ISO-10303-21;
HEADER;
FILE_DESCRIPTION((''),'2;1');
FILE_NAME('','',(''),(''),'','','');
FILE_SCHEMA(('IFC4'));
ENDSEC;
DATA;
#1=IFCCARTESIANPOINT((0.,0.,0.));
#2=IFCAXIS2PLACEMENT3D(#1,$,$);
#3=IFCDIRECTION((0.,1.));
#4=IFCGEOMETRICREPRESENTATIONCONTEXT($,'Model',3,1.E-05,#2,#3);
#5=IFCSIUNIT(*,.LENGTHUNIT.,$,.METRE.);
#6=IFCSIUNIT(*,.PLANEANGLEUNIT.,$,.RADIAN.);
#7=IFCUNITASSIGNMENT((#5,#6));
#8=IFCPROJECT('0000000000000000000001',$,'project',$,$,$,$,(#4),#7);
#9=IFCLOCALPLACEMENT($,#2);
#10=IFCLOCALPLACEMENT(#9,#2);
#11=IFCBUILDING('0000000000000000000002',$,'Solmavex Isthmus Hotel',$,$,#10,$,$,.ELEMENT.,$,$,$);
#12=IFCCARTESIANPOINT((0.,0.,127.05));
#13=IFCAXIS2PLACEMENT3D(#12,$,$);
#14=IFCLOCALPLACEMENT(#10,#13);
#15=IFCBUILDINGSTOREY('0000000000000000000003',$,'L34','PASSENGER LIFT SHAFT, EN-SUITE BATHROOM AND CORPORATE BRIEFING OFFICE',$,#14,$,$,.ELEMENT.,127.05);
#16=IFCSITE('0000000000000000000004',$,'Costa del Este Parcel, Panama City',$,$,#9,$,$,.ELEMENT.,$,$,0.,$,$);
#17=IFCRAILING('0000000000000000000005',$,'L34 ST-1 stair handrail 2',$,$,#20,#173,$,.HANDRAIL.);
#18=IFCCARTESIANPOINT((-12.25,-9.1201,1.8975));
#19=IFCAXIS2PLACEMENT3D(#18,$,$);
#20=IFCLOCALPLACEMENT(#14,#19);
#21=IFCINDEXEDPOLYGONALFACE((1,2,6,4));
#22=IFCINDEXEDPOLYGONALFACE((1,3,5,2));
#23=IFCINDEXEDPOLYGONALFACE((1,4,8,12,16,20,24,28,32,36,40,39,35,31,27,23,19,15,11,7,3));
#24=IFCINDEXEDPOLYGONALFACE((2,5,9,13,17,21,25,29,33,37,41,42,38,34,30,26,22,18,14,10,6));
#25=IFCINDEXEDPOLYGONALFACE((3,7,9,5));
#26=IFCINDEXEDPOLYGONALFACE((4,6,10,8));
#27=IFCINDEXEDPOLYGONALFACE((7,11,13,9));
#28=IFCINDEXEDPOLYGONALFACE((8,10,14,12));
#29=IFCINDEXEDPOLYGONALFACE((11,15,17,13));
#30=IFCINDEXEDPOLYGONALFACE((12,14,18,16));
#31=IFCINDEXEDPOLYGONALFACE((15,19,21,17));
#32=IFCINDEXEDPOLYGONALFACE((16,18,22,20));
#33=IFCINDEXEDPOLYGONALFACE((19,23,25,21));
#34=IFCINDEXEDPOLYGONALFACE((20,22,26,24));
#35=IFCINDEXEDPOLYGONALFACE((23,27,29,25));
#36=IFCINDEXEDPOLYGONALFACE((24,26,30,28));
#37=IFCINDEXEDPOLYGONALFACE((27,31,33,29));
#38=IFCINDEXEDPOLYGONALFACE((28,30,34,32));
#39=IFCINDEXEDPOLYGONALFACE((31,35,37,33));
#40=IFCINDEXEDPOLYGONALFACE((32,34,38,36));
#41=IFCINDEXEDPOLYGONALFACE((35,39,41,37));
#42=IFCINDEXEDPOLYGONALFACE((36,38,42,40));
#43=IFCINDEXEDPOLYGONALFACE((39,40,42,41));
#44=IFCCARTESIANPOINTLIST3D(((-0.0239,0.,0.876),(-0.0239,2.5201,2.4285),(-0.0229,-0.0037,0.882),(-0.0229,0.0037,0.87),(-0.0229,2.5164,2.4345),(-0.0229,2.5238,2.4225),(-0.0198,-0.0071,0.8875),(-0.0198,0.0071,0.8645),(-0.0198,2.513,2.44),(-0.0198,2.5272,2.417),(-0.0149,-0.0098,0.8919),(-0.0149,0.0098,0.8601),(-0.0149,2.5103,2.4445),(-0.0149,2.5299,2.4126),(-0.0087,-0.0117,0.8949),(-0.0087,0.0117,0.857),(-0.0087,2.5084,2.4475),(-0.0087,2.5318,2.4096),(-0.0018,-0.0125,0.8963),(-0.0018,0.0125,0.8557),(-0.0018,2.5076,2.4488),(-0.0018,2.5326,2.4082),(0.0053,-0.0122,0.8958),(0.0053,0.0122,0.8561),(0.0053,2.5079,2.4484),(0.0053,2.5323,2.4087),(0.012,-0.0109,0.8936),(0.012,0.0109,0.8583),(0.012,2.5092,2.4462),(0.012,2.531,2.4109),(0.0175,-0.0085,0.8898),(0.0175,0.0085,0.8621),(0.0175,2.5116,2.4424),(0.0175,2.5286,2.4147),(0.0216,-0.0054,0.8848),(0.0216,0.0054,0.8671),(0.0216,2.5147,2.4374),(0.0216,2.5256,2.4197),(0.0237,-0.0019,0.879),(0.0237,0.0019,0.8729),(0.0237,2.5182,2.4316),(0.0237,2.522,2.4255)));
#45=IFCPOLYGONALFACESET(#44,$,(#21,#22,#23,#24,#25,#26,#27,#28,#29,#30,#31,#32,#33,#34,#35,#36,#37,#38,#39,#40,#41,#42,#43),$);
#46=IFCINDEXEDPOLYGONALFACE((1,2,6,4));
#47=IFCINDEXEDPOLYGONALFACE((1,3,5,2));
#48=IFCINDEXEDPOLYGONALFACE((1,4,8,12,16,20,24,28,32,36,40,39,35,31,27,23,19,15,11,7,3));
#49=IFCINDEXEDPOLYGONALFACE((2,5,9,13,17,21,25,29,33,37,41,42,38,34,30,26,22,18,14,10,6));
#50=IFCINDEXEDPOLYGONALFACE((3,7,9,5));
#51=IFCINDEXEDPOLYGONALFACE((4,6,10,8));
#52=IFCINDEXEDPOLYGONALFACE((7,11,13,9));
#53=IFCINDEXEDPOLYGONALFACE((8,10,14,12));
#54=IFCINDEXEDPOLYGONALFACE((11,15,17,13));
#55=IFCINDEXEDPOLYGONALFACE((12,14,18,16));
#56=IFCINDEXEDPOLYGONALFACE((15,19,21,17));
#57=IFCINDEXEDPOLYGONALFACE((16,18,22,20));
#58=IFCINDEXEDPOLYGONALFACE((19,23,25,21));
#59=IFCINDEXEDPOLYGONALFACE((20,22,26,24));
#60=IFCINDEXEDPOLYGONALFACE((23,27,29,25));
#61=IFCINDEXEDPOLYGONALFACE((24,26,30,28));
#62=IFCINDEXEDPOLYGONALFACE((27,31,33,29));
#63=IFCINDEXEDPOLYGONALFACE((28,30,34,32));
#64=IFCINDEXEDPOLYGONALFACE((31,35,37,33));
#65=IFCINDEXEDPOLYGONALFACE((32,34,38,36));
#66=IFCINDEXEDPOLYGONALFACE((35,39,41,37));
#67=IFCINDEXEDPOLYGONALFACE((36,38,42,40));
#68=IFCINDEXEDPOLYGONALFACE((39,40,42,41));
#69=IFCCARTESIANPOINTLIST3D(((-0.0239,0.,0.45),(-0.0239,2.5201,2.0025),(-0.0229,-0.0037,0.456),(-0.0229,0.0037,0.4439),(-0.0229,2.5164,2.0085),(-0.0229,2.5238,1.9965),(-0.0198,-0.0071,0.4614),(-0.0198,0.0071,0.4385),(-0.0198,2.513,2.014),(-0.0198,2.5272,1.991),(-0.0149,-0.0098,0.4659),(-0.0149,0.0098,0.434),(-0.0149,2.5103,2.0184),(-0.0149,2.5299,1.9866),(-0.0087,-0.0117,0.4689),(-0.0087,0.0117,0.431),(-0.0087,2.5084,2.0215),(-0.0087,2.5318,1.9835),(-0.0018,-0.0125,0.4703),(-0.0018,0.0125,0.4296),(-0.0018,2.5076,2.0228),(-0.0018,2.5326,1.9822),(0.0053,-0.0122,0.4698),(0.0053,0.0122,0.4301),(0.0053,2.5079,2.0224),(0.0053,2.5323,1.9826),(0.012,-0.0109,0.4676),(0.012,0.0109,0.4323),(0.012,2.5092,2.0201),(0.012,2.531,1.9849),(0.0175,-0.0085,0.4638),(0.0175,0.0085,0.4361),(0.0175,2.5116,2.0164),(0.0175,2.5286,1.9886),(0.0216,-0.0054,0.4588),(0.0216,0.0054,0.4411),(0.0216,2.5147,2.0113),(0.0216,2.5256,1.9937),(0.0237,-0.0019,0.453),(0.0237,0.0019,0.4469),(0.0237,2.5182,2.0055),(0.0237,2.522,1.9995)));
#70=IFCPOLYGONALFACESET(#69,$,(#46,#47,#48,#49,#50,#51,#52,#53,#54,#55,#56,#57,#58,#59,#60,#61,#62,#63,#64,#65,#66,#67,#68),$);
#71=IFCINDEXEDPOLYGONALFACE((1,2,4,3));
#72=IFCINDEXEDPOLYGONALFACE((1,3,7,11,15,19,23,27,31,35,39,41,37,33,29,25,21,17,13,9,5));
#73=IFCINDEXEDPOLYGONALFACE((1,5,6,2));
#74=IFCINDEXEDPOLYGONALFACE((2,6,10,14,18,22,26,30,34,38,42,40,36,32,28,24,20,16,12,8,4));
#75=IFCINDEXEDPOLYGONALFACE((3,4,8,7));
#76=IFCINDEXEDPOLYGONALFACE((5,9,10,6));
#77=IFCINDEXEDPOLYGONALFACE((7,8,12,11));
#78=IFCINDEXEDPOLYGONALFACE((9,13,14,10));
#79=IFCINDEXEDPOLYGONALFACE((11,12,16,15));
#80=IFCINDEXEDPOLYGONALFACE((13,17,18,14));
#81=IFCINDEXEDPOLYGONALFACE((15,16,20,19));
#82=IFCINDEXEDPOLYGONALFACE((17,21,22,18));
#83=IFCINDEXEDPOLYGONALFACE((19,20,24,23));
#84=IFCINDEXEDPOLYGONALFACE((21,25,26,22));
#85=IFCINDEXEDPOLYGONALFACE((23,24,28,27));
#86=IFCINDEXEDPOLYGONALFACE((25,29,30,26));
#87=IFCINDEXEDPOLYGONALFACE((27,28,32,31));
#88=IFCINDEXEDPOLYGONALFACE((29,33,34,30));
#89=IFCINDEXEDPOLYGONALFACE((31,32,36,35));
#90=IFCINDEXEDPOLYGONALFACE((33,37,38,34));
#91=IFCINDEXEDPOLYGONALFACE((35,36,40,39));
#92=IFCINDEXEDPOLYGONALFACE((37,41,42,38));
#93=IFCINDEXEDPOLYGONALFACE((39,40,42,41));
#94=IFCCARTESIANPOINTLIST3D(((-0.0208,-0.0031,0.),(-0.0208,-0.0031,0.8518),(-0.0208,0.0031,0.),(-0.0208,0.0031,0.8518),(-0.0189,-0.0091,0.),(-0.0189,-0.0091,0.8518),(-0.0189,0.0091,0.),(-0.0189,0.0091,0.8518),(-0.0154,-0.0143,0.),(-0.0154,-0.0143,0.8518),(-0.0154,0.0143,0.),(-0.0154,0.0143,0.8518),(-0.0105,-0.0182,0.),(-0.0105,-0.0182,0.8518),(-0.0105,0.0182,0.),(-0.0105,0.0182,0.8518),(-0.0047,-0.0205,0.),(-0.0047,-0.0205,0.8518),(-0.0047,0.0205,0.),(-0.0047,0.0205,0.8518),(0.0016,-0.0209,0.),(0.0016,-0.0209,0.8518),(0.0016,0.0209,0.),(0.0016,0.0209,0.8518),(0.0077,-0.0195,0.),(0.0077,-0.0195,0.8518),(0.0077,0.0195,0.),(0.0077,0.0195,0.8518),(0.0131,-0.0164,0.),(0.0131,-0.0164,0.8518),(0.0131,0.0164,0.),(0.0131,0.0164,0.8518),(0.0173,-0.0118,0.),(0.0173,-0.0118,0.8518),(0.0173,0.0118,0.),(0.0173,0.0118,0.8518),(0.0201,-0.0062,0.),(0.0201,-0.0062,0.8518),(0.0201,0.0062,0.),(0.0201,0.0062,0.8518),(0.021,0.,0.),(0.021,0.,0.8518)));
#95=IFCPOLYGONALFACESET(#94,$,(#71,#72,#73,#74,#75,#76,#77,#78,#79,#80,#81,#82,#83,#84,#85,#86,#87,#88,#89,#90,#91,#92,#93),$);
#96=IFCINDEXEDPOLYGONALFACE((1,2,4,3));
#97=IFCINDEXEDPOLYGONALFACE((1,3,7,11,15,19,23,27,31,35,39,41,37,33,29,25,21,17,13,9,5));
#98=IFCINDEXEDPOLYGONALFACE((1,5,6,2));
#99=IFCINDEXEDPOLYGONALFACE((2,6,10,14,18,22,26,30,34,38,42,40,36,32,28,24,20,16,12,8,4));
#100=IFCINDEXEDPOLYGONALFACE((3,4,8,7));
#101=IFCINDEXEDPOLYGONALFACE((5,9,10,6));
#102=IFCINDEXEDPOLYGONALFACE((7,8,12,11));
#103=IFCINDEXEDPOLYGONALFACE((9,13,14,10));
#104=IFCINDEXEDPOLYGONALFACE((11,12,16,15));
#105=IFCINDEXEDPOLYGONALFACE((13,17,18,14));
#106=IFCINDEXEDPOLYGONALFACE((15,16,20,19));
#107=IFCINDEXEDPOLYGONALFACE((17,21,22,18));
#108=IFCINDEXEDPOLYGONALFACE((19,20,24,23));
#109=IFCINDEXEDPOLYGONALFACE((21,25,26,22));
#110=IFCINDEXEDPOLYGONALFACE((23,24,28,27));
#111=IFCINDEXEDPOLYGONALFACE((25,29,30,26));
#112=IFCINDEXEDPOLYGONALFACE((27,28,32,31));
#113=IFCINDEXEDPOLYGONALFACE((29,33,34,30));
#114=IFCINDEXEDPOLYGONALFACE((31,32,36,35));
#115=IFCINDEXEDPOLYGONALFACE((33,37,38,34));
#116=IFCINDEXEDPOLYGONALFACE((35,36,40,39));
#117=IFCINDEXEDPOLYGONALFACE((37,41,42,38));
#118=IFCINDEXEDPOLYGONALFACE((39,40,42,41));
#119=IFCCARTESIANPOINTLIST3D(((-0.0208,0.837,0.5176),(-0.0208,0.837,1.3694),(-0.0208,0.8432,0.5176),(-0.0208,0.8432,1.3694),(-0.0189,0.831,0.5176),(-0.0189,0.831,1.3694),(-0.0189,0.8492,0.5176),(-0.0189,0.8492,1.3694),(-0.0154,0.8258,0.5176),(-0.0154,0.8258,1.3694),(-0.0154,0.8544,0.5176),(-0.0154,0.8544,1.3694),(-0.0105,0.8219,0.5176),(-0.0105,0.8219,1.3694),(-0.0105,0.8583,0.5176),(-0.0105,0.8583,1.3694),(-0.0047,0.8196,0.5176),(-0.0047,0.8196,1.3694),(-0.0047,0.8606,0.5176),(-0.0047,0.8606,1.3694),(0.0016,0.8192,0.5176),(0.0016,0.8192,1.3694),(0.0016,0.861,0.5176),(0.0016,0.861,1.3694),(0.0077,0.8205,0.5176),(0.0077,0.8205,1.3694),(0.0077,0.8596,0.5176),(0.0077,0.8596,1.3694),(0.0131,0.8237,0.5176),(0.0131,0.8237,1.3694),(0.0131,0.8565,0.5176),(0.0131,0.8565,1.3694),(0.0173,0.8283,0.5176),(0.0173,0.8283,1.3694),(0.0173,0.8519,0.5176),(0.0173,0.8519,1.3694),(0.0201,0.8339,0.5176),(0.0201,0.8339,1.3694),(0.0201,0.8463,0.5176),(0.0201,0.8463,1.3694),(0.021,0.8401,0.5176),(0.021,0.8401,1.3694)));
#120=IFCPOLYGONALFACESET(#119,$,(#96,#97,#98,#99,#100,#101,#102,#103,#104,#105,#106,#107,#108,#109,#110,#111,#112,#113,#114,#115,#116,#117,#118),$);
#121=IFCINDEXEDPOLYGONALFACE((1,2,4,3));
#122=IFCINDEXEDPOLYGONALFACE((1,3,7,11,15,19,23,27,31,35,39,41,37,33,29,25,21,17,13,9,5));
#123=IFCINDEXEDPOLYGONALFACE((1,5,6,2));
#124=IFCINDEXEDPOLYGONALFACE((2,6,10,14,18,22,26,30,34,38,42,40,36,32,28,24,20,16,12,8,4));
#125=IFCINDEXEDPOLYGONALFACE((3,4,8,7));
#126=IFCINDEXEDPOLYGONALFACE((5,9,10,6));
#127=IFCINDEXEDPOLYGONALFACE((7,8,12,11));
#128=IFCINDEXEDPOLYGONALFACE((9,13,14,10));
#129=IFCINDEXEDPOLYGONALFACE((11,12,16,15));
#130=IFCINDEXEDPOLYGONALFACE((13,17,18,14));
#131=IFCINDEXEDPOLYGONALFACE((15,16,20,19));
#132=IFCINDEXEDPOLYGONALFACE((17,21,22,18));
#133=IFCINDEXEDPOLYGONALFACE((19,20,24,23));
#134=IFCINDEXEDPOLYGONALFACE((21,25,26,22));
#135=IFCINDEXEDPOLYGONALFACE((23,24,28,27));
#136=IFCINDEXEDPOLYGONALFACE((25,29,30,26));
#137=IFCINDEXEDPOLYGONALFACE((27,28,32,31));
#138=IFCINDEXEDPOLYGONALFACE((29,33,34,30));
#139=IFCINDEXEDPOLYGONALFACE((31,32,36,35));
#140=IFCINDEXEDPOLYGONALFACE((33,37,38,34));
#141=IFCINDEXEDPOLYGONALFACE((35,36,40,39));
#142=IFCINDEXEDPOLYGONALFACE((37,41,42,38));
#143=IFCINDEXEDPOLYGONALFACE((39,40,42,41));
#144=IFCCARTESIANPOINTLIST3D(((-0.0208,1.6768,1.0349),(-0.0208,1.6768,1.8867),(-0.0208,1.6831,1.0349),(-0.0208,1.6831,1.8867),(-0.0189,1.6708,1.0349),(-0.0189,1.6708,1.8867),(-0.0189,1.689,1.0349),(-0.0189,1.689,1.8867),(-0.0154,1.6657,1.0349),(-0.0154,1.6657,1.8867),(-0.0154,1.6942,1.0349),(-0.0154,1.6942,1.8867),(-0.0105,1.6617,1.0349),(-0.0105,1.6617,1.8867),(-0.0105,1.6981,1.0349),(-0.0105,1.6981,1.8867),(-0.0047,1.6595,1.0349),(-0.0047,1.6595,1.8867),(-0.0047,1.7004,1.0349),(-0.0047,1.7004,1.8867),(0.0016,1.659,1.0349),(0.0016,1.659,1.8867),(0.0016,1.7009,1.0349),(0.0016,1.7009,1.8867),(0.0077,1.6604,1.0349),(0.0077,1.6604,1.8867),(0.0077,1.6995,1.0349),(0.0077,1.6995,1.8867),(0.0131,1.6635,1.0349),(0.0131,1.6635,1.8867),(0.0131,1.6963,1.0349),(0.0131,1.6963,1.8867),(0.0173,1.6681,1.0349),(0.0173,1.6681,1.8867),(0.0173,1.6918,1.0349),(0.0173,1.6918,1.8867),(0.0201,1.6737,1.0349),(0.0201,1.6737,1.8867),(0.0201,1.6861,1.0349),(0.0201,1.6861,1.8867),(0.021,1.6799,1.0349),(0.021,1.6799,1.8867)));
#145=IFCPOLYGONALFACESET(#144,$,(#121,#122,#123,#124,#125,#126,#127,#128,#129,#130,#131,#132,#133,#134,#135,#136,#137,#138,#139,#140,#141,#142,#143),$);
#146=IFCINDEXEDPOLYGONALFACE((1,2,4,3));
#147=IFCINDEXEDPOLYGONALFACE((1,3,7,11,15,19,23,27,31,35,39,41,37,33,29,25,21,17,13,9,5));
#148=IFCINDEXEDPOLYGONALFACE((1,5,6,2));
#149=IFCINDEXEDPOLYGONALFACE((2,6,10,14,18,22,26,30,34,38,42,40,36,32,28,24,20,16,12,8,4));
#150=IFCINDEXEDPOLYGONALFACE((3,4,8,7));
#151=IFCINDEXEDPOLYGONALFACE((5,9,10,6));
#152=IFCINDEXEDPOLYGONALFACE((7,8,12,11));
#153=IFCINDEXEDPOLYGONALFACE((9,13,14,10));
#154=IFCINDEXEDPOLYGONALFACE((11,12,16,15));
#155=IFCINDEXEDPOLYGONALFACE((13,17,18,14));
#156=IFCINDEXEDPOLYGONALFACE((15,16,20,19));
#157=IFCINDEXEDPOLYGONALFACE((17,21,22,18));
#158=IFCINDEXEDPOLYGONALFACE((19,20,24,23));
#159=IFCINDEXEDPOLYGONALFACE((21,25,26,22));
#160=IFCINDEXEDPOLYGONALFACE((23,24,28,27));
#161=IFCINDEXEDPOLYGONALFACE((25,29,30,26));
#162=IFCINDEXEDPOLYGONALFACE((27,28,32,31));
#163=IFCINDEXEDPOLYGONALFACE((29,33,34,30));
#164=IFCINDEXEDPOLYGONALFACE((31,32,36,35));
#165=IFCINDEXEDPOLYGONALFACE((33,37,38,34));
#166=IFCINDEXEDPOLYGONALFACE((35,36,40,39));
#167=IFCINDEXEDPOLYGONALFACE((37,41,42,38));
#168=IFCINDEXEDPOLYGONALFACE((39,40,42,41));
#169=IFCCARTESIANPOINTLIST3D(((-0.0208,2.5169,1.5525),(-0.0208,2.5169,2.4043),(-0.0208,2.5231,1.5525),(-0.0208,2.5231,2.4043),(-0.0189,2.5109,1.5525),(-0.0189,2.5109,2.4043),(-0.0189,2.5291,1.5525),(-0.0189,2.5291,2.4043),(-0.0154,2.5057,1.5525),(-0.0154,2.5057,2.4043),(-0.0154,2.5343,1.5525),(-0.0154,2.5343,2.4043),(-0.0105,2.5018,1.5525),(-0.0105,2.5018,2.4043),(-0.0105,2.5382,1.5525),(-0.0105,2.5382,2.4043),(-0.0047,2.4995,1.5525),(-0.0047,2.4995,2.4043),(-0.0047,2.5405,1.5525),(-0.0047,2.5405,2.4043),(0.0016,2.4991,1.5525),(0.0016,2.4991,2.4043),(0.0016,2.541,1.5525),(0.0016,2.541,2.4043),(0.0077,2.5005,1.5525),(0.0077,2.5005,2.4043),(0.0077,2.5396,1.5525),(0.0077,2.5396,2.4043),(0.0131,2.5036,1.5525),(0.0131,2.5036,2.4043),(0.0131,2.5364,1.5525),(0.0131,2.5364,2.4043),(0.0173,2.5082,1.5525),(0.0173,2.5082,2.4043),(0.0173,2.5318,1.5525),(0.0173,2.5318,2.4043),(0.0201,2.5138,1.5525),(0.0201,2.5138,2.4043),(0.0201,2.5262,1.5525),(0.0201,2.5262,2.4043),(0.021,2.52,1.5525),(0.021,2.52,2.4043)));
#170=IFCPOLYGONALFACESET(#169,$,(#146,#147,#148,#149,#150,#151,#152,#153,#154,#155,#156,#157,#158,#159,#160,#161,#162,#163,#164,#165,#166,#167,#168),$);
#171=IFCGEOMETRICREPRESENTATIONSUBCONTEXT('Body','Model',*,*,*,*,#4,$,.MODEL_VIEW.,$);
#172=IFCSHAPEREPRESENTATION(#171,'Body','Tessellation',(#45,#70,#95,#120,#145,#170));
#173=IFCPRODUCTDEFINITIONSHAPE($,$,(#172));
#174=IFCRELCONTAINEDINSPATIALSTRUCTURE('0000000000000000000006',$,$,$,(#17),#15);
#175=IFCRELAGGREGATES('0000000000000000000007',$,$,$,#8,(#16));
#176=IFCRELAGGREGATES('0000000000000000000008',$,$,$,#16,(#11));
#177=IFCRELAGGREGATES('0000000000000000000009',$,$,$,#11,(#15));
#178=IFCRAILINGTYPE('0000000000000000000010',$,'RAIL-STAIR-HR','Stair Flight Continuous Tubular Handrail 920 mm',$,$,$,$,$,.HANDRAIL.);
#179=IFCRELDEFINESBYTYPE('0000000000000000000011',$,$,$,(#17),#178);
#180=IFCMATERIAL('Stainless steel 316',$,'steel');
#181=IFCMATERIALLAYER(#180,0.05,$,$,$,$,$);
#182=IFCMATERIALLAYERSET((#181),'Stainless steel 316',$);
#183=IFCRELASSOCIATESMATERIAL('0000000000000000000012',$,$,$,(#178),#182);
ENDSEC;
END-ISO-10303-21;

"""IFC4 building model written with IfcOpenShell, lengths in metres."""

from ifc_helpers import new_model, si_unit, direction, frame, origin, origin_2d, place, context, subcontext, project, spatial, circle, extrude, material, layer, layer_set, type_object, element, save


model = new_model("IFC4")

# Units and contexts
model_context = context("Model", 3, precision=1e-05, world=origin(), true_north=direction((0.0, 1.0)))
body_context = subcontext(model_context, "Body", "Model", "MODEL_VIEW")
ifc_project = project(units=[si_unit("LENGTHUNIT", "METRE"), si_unit("PLANEANGLEUNIT", "RADIAN")], contexts=[model_context])

# Site, building, storey
site_placement = place(None, origin())
site = spatial("IfcSite", under=ifc_project, at=site_placement, Name="Costa del Este Parcel, Panama City", CompositionType="ELEMENT", RefElevation=0.0)
building_placement = place(site_placement, origin())
building = spatial("IfcBuilding", under=site, at=building_placement, Name="Solmavex Isthmus Hotel", CompositionType="ELEMENT")
storey_placement = place(building_placement, frame((0.0, 0.0, 127.05)))
storey = spatial("IfcBuildingStorey", under=building, at=storey_placement, Name="L34", Description="PASSENGER LIFT SHAFT, EN-SUITE BATHROOM AND CORPORATE BRIEFING OFFICE", CompositionType="ELEMENT", Elevation=127.05)

# Shared definitions
ifc_material_1 = material(Name="Stainless steel 316", Category="steel")

# Railing
ifc_layer_1 = layer(ifc_material_1, 0.05)
ifc_layer_set_1 = layer_set([ifc_layer_1], Name="Stainless steel 316")
railing_type = type_object("IfcRailingType", Name="RAIL-STAIR-HR", Description="Stair Flight Continuous Tubular Handrail 920 mm", PredefinedType="HANDRAIL", material=ifc_layer_set_1)
railing_placement = place(storey_placement, frame((-12.25, -9.1201, 1.8975)))
element("IfcRailing", 1, at=railing_placement, inside=storey, type_object=railing_type, Name="L34 ST-1 stair handrail 2", PredefinedType="HANDRAIL", context=body_context, shape_type="SweptSolid", body=[
    extrude(circle(Radius=0.0239, at=origin_2d()), frame((0.0, 0.0, 0.876), z_axis=(0.0, 0.8514, 0.524516), x_axis=(-1.0, 0.0, 0.0)), (0.0, 0.0, 1.0), 2.96),
    extrude(circle(Radius=0.0239, at=origin_2d()), frame((0.0, 0.0, 0.45), z_axis=(0.0, 0.8514, 0.524516), x_axis=(-1.0, 0.0, 0.0)), (0.0, 0.0, 1.0), 2.96),
    extrude(circle(Radius=0.021, at=origin_2d()), origin(), (0.0, 0.0, 1.0), 0.8518),
    extrude(circle(Radius=0.021, at=origin_2d()), frame((0.0, 0.8401, 0.5176)), (0.0, 0.0, 1.0), 0.8518),
    extrude(circle(Radius=0.021, at=origin_2d()), frame((0.0, 1.6799, 1.0349)), (0.0, 0.0, 1.0), 0.8518),
    extrude(circle(Radius=0.021, at=origin_2d()), frame((0.0, 2.52, 1.5525)), (0.0, 0.0, 1.0), 0.8518),
])

save(model, "model.ifc")
